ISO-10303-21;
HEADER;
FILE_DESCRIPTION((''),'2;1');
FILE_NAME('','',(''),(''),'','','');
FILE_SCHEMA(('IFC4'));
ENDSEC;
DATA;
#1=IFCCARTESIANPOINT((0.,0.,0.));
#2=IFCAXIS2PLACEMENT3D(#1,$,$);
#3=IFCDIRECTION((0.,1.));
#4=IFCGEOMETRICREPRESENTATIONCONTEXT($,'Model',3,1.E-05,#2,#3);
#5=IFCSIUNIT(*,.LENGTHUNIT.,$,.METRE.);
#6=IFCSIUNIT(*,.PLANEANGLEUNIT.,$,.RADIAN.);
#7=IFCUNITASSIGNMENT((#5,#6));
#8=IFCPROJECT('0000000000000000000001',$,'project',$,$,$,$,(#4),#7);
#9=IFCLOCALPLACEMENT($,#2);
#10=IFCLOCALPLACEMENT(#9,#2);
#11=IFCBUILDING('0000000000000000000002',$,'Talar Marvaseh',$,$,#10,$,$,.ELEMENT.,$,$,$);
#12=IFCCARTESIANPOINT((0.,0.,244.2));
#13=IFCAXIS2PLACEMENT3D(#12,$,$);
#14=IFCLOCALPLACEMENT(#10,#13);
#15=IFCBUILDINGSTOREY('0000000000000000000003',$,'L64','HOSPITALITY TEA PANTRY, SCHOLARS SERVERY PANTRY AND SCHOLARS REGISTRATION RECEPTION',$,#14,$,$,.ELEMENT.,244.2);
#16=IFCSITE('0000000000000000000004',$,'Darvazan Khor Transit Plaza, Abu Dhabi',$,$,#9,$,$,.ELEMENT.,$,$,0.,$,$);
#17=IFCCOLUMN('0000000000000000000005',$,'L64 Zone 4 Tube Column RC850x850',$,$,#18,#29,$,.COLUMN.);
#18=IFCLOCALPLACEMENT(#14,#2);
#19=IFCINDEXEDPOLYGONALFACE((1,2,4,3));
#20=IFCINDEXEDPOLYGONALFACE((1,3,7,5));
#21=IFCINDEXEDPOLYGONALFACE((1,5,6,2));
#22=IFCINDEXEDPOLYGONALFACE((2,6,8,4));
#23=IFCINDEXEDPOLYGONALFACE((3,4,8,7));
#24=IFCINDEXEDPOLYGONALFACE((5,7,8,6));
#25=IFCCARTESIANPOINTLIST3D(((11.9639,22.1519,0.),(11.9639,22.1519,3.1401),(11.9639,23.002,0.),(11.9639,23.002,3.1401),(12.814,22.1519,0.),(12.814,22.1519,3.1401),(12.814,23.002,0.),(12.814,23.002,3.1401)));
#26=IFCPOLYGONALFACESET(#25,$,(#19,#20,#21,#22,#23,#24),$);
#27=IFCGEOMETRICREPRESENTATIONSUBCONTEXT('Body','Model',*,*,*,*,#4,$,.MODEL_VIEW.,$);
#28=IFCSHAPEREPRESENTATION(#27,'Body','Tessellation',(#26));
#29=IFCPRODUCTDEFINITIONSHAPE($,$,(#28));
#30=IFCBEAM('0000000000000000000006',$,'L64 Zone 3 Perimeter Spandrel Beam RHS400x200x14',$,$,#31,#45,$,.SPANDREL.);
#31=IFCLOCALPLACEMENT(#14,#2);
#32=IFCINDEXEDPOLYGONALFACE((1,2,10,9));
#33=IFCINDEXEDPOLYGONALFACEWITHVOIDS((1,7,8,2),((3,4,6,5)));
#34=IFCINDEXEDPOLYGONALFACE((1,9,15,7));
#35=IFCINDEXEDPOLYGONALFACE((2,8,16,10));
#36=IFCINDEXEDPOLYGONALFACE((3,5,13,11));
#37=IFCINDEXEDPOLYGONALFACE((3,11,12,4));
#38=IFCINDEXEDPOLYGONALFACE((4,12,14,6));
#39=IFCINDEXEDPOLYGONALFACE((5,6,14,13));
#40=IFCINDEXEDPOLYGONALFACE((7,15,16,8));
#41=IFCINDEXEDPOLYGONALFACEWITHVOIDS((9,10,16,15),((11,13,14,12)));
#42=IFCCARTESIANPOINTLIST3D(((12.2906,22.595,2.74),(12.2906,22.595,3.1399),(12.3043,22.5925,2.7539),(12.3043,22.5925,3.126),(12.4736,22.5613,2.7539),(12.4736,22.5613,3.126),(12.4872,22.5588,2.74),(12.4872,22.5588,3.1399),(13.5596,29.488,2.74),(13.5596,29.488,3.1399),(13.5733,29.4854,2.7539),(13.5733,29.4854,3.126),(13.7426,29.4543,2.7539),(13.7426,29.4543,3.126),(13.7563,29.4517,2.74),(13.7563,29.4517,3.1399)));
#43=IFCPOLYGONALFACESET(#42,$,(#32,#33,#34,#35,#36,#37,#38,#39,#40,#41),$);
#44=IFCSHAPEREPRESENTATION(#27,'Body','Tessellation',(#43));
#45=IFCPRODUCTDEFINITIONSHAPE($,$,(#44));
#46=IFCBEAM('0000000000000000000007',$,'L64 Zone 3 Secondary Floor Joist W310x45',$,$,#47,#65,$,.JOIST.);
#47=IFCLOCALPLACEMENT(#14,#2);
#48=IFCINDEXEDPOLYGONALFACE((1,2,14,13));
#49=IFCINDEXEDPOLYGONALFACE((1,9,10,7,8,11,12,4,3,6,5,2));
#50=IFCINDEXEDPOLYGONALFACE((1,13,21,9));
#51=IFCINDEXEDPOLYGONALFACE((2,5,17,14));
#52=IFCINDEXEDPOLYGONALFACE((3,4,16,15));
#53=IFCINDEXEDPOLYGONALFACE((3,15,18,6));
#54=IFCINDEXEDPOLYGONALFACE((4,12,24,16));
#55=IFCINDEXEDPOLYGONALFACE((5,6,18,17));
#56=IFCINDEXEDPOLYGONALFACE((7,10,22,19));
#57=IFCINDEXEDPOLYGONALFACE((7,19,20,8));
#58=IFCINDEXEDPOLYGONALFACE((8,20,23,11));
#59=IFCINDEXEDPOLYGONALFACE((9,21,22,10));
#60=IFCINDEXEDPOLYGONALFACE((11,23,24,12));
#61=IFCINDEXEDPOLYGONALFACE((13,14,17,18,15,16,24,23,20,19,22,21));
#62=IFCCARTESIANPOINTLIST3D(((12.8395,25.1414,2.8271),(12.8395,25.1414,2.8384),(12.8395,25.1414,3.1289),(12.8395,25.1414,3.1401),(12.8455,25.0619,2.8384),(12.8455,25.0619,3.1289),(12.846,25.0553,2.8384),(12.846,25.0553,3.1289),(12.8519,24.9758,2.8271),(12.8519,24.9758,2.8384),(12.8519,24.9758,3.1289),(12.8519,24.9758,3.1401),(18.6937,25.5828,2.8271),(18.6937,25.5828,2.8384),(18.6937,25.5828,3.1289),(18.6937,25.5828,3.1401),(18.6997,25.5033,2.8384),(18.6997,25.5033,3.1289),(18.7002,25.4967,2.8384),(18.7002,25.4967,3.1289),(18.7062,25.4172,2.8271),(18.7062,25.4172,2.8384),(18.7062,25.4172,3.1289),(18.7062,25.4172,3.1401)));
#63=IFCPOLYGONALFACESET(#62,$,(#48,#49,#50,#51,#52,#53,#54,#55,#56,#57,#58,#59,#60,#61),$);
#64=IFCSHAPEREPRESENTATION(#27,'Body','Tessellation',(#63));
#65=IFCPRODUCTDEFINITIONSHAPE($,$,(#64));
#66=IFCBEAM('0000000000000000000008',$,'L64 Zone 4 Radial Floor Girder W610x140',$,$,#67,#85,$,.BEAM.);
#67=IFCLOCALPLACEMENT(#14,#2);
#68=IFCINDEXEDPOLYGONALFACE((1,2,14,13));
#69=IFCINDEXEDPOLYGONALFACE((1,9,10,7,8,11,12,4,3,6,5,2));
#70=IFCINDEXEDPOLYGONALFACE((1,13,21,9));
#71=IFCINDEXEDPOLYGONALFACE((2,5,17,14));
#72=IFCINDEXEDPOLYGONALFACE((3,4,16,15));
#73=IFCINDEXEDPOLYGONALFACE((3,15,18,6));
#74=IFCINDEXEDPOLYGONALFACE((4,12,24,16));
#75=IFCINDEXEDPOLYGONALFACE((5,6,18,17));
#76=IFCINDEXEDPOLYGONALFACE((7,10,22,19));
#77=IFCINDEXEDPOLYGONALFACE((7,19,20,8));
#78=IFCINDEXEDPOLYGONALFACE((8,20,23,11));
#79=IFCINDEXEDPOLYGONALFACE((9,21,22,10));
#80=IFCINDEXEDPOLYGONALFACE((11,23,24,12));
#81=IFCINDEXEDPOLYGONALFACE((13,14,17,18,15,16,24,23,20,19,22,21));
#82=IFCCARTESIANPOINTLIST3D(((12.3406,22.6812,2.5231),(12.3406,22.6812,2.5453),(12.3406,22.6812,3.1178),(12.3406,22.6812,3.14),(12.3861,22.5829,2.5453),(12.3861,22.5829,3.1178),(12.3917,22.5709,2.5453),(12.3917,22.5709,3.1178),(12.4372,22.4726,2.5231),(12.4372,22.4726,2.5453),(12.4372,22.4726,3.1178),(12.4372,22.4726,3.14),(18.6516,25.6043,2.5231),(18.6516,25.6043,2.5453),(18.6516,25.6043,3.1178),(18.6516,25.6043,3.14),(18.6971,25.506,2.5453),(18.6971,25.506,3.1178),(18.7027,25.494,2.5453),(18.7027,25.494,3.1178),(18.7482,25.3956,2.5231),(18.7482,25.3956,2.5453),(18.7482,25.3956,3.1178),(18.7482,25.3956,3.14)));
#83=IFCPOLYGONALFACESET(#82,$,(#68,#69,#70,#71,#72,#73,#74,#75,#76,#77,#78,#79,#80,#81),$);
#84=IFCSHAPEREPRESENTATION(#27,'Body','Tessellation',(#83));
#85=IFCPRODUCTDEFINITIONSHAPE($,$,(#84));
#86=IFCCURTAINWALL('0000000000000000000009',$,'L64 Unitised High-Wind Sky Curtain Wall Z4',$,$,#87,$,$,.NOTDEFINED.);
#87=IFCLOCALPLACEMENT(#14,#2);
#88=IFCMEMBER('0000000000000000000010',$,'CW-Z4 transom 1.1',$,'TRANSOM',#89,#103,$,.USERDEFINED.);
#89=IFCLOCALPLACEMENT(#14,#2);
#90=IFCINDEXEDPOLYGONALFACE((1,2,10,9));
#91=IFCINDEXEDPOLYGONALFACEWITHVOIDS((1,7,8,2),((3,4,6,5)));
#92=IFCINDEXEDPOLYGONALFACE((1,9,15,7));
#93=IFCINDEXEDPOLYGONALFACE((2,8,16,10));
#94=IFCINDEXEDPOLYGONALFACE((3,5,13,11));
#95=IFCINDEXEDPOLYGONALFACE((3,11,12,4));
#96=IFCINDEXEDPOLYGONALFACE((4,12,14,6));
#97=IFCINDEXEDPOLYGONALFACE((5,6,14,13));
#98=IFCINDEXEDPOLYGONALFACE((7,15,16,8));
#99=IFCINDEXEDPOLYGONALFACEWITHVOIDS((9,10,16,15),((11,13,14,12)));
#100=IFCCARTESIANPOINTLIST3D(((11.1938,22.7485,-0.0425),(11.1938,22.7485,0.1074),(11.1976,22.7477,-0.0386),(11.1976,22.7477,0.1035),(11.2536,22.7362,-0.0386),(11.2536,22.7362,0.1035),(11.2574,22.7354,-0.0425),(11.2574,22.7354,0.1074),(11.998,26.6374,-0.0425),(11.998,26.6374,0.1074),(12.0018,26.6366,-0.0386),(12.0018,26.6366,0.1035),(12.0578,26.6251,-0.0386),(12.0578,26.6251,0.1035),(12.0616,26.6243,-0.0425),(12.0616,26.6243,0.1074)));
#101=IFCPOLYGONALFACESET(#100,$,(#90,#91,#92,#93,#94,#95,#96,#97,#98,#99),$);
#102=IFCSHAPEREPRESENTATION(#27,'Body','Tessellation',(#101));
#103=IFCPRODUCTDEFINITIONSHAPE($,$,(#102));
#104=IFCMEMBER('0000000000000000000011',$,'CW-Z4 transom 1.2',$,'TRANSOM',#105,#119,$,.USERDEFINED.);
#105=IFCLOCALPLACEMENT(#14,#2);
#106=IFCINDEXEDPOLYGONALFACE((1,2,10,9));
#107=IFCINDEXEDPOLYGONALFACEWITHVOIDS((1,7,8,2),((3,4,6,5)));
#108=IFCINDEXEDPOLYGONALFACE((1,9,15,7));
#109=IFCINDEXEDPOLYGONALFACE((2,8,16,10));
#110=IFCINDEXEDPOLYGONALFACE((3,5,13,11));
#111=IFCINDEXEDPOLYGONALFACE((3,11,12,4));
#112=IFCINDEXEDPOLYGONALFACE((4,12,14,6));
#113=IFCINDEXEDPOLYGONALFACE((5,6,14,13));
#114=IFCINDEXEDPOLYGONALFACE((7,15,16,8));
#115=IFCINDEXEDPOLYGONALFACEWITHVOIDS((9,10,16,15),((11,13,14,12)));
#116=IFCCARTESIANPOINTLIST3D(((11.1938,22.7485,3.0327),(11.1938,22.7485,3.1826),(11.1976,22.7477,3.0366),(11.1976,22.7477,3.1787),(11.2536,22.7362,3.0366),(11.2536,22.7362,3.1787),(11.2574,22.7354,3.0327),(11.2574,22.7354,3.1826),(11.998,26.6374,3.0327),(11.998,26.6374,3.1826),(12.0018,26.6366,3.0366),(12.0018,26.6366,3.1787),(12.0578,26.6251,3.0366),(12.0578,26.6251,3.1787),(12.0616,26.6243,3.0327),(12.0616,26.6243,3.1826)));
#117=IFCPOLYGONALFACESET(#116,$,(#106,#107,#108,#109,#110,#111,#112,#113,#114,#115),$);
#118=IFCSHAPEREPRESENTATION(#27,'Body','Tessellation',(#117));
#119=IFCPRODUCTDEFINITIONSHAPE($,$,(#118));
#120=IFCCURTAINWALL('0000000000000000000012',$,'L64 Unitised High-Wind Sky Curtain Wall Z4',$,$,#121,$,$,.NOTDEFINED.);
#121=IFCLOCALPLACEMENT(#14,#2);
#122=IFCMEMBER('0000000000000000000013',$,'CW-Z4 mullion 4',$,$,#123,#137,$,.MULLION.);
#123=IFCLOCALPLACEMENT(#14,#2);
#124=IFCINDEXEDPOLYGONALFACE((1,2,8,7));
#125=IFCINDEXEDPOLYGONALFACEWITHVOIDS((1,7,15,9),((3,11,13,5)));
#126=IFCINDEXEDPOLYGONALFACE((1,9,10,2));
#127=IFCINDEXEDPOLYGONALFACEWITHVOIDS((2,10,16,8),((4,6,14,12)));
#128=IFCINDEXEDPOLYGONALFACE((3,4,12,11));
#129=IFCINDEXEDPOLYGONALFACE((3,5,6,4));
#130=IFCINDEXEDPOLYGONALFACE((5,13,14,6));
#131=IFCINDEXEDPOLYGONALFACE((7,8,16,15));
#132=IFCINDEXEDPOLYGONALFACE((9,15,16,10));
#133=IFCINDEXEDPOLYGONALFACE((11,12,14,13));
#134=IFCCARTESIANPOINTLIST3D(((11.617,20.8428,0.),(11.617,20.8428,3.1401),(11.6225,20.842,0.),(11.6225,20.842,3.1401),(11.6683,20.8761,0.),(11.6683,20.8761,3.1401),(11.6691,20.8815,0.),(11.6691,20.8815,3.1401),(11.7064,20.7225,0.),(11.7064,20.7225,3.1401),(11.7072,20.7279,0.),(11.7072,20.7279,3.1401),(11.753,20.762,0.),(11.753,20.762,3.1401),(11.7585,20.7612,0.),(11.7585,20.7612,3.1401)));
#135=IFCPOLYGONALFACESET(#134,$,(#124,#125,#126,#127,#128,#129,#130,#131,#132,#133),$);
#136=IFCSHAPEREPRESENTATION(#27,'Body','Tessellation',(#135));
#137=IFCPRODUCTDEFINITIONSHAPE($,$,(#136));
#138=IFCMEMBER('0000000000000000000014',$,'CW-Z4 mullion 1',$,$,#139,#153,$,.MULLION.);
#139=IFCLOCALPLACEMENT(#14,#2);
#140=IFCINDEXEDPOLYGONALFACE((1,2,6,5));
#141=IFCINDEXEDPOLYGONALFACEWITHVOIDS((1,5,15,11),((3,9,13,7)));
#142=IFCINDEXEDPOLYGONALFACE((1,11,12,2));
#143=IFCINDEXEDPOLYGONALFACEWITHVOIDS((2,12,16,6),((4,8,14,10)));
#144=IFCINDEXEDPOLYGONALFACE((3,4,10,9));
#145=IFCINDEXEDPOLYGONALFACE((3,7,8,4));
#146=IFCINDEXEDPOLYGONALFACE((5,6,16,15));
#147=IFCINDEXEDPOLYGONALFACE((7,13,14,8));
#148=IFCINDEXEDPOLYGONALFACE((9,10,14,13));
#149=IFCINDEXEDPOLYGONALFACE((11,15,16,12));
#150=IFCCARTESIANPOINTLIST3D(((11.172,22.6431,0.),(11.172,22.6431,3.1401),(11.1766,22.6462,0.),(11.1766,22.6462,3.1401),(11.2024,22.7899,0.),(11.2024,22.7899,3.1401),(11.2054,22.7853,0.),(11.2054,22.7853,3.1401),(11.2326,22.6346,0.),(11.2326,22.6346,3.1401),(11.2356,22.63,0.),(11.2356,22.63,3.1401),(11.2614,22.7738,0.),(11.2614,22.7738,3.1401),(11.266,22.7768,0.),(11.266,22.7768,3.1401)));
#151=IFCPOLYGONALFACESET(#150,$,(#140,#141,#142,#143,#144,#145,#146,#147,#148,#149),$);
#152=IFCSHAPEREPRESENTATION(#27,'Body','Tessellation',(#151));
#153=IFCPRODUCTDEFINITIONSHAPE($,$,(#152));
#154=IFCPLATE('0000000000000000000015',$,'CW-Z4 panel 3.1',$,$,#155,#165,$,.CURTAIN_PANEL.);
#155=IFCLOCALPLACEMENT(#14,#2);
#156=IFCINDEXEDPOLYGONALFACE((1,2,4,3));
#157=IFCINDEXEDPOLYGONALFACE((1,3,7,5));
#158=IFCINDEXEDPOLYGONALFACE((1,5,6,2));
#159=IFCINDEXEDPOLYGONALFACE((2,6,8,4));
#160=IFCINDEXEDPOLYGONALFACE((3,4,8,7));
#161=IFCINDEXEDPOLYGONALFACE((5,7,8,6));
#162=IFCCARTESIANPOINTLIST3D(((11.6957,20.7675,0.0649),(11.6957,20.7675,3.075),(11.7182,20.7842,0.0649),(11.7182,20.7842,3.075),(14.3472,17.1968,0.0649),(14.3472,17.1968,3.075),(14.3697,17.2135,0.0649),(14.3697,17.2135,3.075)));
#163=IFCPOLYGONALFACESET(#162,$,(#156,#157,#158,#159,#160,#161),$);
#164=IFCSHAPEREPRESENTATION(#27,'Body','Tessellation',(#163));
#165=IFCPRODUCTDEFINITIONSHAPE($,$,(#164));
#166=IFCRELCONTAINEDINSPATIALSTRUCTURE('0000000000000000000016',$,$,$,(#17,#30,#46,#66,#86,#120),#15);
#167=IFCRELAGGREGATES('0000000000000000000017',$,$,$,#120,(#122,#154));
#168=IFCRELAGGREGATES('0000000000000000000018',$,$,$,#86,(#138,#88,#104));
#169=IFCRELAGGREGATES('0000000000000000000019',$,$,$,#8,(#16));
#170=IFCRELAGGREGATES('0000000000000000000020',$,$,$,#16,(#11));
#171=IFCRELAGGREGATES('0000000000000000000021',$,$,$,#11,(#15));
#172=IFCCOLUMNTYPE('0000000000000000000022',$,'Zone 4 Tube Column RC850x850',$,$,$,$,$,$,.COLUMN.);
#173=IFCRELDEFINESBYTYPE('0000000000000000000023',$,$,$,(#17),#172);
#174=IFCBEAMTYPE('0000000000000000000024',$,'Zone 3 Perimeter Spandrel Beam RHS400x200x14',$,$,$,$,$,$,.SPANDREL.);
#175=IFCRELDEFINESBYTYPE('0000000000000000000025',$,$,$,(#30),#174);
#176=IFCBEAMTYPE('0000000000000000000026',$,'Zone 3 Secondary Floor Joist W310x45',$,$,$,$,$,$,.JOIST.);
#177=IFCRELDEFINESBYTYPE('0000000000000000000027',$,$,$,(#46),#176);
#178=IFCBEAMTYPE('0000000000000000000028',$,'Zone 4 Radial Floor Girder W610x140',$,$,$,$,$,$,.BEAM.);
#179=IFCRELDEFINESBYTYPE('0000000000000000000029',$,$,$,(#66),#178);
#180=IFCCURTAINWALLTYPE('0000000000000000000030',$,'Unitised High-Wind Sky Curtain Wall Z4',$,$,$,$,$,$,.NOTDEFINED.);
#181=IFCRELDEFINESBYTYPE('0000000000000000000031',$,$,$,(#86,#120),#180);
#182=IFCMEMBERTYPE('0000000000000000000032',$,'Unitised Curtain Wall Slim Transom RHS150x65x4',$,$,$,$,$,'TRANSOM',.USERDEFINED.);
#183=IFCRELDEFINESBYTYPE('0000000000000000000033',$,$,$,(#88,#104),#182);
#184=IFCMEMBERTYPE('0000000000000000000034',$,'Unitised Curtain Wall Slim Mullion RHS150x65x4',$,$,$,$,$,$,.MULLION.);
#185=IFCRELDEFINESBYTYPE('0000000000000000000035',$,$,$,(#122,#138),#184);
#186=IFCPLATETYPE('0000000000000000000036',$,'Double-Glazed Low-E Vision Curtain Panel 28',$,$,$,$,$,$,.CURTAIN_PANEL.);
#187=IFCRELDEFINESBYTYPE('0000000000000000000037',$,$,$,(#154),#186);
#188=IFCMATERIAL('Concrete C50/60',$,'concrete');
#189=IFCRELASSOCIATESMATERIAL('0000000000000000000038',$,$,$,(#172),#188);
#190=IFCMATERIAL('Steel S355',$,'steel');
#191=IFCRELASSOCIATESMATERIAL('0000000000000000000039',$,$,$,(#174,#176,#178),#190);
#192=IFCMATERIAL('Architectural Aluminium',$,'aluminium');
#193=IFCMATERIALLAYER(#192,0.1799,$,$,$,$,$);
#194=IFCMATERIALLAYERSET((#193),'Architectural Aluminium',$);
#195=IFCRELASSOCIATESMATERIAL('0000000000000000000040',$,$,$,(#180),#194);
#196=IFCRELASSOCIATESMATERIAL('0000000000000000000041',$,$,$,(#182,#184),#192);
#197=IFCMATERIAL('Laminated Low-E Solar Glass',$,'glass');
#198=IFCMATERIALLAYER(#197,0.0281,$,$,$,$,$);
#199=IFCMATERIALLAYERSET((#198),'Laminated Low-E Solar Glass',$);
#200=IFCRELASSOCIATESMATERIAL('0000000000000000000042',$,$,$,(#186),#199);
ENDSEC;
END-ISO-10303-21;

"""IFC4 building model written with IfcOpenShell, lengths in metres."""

from ifc_helpers import new_model, si_unit, direction, frame, origin, origin_2d, place, context, subcontext, project, spatial, rectangle, hollow_rectangle, i_section, extrude, source, transform, mapped, material, layer, layer_set, material_profile, profile_set, type_object, type_shapes, element, aggregate, save


model = new_model("IFC4")

# Units and contexts
model_context = context("Model", 3, precision=1e-05, world=origin(), true_north=direction((0.0, 1.0)))
body_context = subcontext(model_context, "Body", "Model", "MODEL_VIEW")
ifc_project = project(units=[si_unit("LENGTHUNIT", "METRE"), si_unit("PLANEANGLEUNIT", "RADIAN")], contexts=[model_context])

# Site, building, storey
site_placement = place(None, origin())
site = spatial("IfcSite", under=ifc_project, at=site_placement, Name="Darvazan Khor Transit Plaza, Abu Dhabi", CompositionType="ELEMENT", RefElevation=0.0)
building_placement = place(site_placement, origin())
building = spatial("IfcBuilding", under=site, at=building_placement, Name="Talar Marvaseh", CompositionType="ELEMENT")
storey_placement = place(building_placement, frame((0.0, 0.0, 244.2)))
storey = spatial("IfcBuildingStorey", under=building, at=storey_placement, Name="L64", Description="HOSPITALITY TEA PANTRY, SCHOLARS SERVERY PANTRY AND SCHOLARS REGISTRATION RECEPTION", CompositionType="ELEMENT", Elevation=244.2)

# Column
ifc_material_1 = material(Name="Concrete C50/60", Category="concrete")
ifc_material_profile_1 = material_profile(ifc_material_1, rectangle(XDim=0.8501, YDim=0.8501, at=origin_2d()), Name="RC850x850")
ifc_profile_set_1 = profile_set([ifc_material_profile_1], Name="Concrete C50/60")
column_type = type_object("IfcColumnType", Name="Zone 4 Tube Column RC850x850", PredefinedType="COLUMN", material=ifc_profile_set_1)
column_placement = place(storey_placement, frame((12.3889, 22.5769, 0.0), z_axis=(0.0, 0.0, 1.0), x_axis=(1.0, 0.0, 0.0)))
element("IfcColumn", 1, at=column_placement, inside=storey, type_object=column_type, Name="L64 Zone 4 Tube Column RC850x850", PredefinedType="COLUMN", context=body_context, shape_type="SweptSolid", body=[
    extrude(rectangle(XDim=0.8501, YDim=0.8501, at=origin_2d()), origin(), (0.0, 0.0, 1.0), 3.1401),
])

# Beams
ifc_material_2 = material(Name="Steel S355", Category="steel")
ifc_material_profile_2 = material_profile(ifc_material_2, hollow_rectangle(XDim=0.2, YDim=0.3999, WallThickness=0.0139, at=origin_2d()), Name="RHS400x200x14")
ifc_profile_set_2 = profile_set([ifc_material_profile_2], Name="Steel S355")
beam_type_1 = type_object("IfcBeamType", Name="Zone 3 Perimeter Spandrel Beam RHS400x200x14", PredefinedType="SPANDREL", material=ifc_profile_set_2)
beam_1_placement = place(storey_placement, frame((12.3889, 22.5769, 2.9399), z_axis=(0.181061, 0.983472, 0.0), x_axis=(-0.983472, 0.181061, 0.0)))
element("IfcBeam", 2, at=beam_1_placement, inside=storey, type_object=beam_type_1, Name="L64 Zone 3 Perimeter Spandrel Beam RHS400x200x14", PredefinedType="SPANDREL", context=body_context, shape_type="SweptSolid", body=[
    extrude(hollow_rectangle(XDim=0.2, YDim=0.3999, WallThickness=0.0139, at=origin_2d()), origin(), (0.0, 0.0, 1.0), 7.0088),
])
ifc_material_profile_3 = material_profile(ifc_material_2, i_section(OverallWidth=0.166, OverallDepth=0.313, WebThickness=0.0066, FlangeThickness=0.0112, at=origin_2d()), Name="W310x45")
ifc_profile_set_3 = profile_set([ifc_material_profile_3], Name="Steel S355")
beam_type_2 = type_object("IfcBeamType", Name="Zone 3 Secondary Floor Joist W310x45", PredefinedType="JOIST", material=ifc_profile_set_3)
beam_2_placement = place(storey_placement, frame((12.8457, 25.0586, 2.9836), z_axis=(0.99717, 0.075186, 0.0), x_axis=(-0.075186, 0.99717, 0.0)))
element("IfcBeam", 3, at=beam_2_placement, inside=storey, type_object=beam_type_2, Name="L64 Zone 3 Secondary Floor Joist W310x45", PredefinedType="JOIST", context=body_context, shape_type="SweptSolid", body=[
    extrude(i_section(OverallWidth=0.166, OverallDepth=0.313, WebThickness=0.0066, FlangeThickness=0.0112, at=origin_2d()), origin(), (0.0, 0.0, 1.0), 5.8708),
])
ifc_material_profile_4 = material_profile(ifc_material_2, i_section(OverallWidth=0.23, OverallDepth=0.6169, WebThickness=0.0132, FlangeThickness=0.0222, at=origin_2d()), Name="W610x140")
ifc_profile_set_4 = profile_set([ifc_material_profile_4], Name="Steel S355")
beam_type_3 = type_object("IfcBeamType", Name="Zone 4 Radial Floor Girder W610x140", PredefinedType="BEAM", material=ifc_profile_set_4)
beam_3_placement = place(storey_placement, frame((12.3889, 22.5769, 2.8315), z_axis=(0.907395, 0.42028, 0.0), x_axis=(-0.42028, 0.907395, 0.0)))
element("IfcBeam", 4, at=beam_3_placement, inside=storey, type_object=beam_type_3, Name="L64 Zone 4 Radial Floor Girder W610x140", PredefinedType="BEAM", context=body_context, shape_type="SweptSolid", body=[
    extrude(i_section(OverallWidth=0.23, OverallDepth=0.6169, WebThickness=0.0132, FlangeThickness=0.0222, at=origin_2d()), origin(), (0.0, 0.0, 1.0), 6.9551),
])

# Curtain wall, members
ifc_material_3 = material(Name="Architectural Aluminium", Category="aluminium")
ifc_layer_1 = layer(ifc_material_3, 0.1799)
ifc_layer_set_1 = layer_set([ifc_layer_1], Name="Architectural Aluminium")
curtain_wall_type = type_object("IfcCurtainWallType", Name="Unitised High-Wind Sky Curtain Wall Z4", PredefinedType="NOTDEFINED", material=ifc_layer_set_1)
curtain_wall_1_placement = place(storey_placement, origin())
curtain_wall_1 = element("IfcCurtainWall", 5, at=curtain_wall_1_placement, inside=storey, type_object=curtain_wall_type, Name="L64 Unitised High-Wind Sky Curtain Wall Z4", PredefinedType="NOTDEFINED")
ifc_material_profile_5 = material_profile(ifc_material_3, hollow_rectangle(XDim=0.0649, YDim=0.1499, WallThickness=0.0039, at=origin_2d()), Name="RHS150x65x4")
ifc_profile_set_5 = profile_set([ifc_material_profile_5], Name="Architectural Aluminium")
member_type_1 = type_object("IfcMemberType", Name="Unitised Curtain Wall Slim Transom RHS150x65x4", ElementType="TRANSOM", PredefinedType="USERDEFINED", material=ifc_profile_set_5)
shared_shape_1 = source(origin(), body_context, "Body", "SweptSolid", [
    extrude(hollow_rectangle(XDim=0.0649, YDim=0.1499, WallThickness=0.0039, at=origin_2d()), origin(), (0.0, 0.0, 1.0), 3.9712),
])
type_shapes(member_type_1, [shared_shape_1])
member_1_placement = place(storey_placement, frame((11.2256, 22.7419, 0.0325), z_axis=(0.202508, 0.979281, 0.0), x_axis=(-0.979281, 0.202508, 0.0)))
member_1 = element("IfcMember", 6, at=member_1_placement, type_object=member_type_1, Name="CW-Z4 transom 1.1", ObjectType="TRANSOM", PredefinedType="USERDEFINED", context=body_context, shape_type="MappedRepresentation", body=[
    mapped(shared_shape_1, transform((0.0, 0.0, 0.0), x_axis=(1.0, 0.0, 0.0), y_axis=(0.0, 1.0, 0.0), z_axis=(0.0, 0.0, 1.0), scale=1.0)),
])
member_2_placement = place(storey_placement, frame((11.2256, 22.7419, 3.1077), z_axis=(0.202508, 0.979281, 0.0), x_axis=(-0.979281, 0.202508, 0.0)))
member_2 = element("IfcMember", 7, at=member_2_placement, type_object=member_type_1, Name="CW-Z4 transom 1.2", ObjectType="TRANSOM", PredefinedType="USERDEFINED", context=body_context, shape_type="MappedRepresentation", body=[
    mapped(shared_shape_1, transform((0.0, 0.0, 0.0), x_axis=(1.0, 0.0, 0.0), y_axis=(0.0, 1.0, 0.0), z_axis=(0.0, 0.0, 1.0), scale=1.0)),
])

# Curtain wall, member
curtain_wall_2_placement = place(storey_placement, origin())
curtain_wall_2 = element("IfcCurtainWall", 8, at=curtain_wall_2_placement, inside=storey, type_object=curtain_wall_type, Name="L64 Unitised High-Wind Sky Curtain Wall Z4", PredefinedType="NOTDEFINED")
ifc_material_profile_6 = material_profile(ifc_material_3, hollow_rectangle(XDim=0.0649, YDim=0.1499, WallThickness=0.0039, at=origin_2d()), Name="RHS150x65x4")
ifc_profile_set_6 = profile_set([ifc_material_profile_6], Name="Architectural Aluminium")
member_type_2 = type_object("IfcMemberType", Name="Unitised Curtain Wall Slim Mullion RHS150x65x4", PredefinedType="MULLION", material=ifc_profile_set_6)
shared_shape_2 = source(origin(), body_context, "Body", "SweptSolid", [
    extrude(hollow_rectangle(XDim=0.0649, YDim=0.1499, WallThickness=0.0039, at=origin_2d()), origin(), (0.0, 0.0, 1.0), 3.1401),
])
type_shapes(member_type_2, [shared_shape_2])
member_3_placement = place(storey_placement, frame((11.6877, 20.802, 0.0), z_axis=(0.0, 0.0, 1.0), x_axis=(-0.802854, -0.596176, 0.0)))
member_3 = element("IfcMember", 9, at=member_3_placement, type_object=member_type_2, Name="CW-Z4 mullion 4", PredefinedType="MULLION", context=body_context, shape_type="MappedRepresentation", body=[
    mapped(shared_shape_2, transform((0.0, 0.0, 0.0), x_axis=(1.0, 0.0, 0.0), y_axis=(0.0, 1.0, 0.0), z_axis=(0.0, 0.0, 1.0), scale=1.0)),
])

# Member
member_4_placement = place(storey_placement, frame((11.219, 22.71, 0.0), z_axis=(0.0, 0.0, 1.0), x_axis=(-0.979286, 0.202482, 0.0)))
member_4 = element("IfcMember", 10, at=member_4_placement, type_object=member_type_2, Name="CW-Z4 mullion 1", PredefinedType="MULLION", context=body_context, shape_type="MappedRepresentation", body=[
    mapped(shared_shape_2, transform((0.0, 0.0, 0.0), x_axis=(1.0, 0.0, 0.0), y_axis=(0.0, 1.0, 0.0), z_axis=(0.0, 0.0, 1.0), scale=1.0)),
])

# Plate
ifc_material_4 = material(Name="Laminated Low-E Solar Glass", Category="glass")
ifc_layer_2 = layer(ifc_material_4, 0.0281)
ifc_layer_set_2 = layer_set([ifc_layer_2], Name="Laminated Low-E Solar Glass")
plate_type = type_object("IfcPlateType", Name="Double-Glazed Low-E Vision Curtain Panel 28", PredefinedType="CURTAIN_PANEL", material=ifc_layer_set_2)
shared_shape_3 = source(origin(), body_context, "Body", "SweptSolid", [
    extrude(rectangle(XDim=4.4475, YDim=0.0281, at=origin_2d()), origin(), (0.0, 0.0, 1.0), 3.01),
])
plate_1_placement = place(storey_placement, frame((13.0327, 18.9905, 0.0649), z_axis=(0.0, 0.0, 1.0), x_axis=(-0.596176, 0.802854, 0.0)))
plate_1 = element("IfcPlate", 11, at=plate_1_placement, type_object=plate_type, Name="CW-Z4 panel 3.1", PredefinedType="CURTAIN_PANEL", context=body_context, shape_type="MappedRepresentation", body=[
    mapped(shared_shape_3, transform((0.0, 0.0, 0.0), x_axis=(1.0, 0.0, 0.0), y_axis=(0.0, 1.0, 0.0), z_axis=(0.0, 0.0, 1.0), scale=1.0)),
])
aggregate(curtain_wall_2, [member_3, plate_1])
aggregate(curtain_wall_1, [member_4, member_1, member_2])

save(model, "model.ifc")
